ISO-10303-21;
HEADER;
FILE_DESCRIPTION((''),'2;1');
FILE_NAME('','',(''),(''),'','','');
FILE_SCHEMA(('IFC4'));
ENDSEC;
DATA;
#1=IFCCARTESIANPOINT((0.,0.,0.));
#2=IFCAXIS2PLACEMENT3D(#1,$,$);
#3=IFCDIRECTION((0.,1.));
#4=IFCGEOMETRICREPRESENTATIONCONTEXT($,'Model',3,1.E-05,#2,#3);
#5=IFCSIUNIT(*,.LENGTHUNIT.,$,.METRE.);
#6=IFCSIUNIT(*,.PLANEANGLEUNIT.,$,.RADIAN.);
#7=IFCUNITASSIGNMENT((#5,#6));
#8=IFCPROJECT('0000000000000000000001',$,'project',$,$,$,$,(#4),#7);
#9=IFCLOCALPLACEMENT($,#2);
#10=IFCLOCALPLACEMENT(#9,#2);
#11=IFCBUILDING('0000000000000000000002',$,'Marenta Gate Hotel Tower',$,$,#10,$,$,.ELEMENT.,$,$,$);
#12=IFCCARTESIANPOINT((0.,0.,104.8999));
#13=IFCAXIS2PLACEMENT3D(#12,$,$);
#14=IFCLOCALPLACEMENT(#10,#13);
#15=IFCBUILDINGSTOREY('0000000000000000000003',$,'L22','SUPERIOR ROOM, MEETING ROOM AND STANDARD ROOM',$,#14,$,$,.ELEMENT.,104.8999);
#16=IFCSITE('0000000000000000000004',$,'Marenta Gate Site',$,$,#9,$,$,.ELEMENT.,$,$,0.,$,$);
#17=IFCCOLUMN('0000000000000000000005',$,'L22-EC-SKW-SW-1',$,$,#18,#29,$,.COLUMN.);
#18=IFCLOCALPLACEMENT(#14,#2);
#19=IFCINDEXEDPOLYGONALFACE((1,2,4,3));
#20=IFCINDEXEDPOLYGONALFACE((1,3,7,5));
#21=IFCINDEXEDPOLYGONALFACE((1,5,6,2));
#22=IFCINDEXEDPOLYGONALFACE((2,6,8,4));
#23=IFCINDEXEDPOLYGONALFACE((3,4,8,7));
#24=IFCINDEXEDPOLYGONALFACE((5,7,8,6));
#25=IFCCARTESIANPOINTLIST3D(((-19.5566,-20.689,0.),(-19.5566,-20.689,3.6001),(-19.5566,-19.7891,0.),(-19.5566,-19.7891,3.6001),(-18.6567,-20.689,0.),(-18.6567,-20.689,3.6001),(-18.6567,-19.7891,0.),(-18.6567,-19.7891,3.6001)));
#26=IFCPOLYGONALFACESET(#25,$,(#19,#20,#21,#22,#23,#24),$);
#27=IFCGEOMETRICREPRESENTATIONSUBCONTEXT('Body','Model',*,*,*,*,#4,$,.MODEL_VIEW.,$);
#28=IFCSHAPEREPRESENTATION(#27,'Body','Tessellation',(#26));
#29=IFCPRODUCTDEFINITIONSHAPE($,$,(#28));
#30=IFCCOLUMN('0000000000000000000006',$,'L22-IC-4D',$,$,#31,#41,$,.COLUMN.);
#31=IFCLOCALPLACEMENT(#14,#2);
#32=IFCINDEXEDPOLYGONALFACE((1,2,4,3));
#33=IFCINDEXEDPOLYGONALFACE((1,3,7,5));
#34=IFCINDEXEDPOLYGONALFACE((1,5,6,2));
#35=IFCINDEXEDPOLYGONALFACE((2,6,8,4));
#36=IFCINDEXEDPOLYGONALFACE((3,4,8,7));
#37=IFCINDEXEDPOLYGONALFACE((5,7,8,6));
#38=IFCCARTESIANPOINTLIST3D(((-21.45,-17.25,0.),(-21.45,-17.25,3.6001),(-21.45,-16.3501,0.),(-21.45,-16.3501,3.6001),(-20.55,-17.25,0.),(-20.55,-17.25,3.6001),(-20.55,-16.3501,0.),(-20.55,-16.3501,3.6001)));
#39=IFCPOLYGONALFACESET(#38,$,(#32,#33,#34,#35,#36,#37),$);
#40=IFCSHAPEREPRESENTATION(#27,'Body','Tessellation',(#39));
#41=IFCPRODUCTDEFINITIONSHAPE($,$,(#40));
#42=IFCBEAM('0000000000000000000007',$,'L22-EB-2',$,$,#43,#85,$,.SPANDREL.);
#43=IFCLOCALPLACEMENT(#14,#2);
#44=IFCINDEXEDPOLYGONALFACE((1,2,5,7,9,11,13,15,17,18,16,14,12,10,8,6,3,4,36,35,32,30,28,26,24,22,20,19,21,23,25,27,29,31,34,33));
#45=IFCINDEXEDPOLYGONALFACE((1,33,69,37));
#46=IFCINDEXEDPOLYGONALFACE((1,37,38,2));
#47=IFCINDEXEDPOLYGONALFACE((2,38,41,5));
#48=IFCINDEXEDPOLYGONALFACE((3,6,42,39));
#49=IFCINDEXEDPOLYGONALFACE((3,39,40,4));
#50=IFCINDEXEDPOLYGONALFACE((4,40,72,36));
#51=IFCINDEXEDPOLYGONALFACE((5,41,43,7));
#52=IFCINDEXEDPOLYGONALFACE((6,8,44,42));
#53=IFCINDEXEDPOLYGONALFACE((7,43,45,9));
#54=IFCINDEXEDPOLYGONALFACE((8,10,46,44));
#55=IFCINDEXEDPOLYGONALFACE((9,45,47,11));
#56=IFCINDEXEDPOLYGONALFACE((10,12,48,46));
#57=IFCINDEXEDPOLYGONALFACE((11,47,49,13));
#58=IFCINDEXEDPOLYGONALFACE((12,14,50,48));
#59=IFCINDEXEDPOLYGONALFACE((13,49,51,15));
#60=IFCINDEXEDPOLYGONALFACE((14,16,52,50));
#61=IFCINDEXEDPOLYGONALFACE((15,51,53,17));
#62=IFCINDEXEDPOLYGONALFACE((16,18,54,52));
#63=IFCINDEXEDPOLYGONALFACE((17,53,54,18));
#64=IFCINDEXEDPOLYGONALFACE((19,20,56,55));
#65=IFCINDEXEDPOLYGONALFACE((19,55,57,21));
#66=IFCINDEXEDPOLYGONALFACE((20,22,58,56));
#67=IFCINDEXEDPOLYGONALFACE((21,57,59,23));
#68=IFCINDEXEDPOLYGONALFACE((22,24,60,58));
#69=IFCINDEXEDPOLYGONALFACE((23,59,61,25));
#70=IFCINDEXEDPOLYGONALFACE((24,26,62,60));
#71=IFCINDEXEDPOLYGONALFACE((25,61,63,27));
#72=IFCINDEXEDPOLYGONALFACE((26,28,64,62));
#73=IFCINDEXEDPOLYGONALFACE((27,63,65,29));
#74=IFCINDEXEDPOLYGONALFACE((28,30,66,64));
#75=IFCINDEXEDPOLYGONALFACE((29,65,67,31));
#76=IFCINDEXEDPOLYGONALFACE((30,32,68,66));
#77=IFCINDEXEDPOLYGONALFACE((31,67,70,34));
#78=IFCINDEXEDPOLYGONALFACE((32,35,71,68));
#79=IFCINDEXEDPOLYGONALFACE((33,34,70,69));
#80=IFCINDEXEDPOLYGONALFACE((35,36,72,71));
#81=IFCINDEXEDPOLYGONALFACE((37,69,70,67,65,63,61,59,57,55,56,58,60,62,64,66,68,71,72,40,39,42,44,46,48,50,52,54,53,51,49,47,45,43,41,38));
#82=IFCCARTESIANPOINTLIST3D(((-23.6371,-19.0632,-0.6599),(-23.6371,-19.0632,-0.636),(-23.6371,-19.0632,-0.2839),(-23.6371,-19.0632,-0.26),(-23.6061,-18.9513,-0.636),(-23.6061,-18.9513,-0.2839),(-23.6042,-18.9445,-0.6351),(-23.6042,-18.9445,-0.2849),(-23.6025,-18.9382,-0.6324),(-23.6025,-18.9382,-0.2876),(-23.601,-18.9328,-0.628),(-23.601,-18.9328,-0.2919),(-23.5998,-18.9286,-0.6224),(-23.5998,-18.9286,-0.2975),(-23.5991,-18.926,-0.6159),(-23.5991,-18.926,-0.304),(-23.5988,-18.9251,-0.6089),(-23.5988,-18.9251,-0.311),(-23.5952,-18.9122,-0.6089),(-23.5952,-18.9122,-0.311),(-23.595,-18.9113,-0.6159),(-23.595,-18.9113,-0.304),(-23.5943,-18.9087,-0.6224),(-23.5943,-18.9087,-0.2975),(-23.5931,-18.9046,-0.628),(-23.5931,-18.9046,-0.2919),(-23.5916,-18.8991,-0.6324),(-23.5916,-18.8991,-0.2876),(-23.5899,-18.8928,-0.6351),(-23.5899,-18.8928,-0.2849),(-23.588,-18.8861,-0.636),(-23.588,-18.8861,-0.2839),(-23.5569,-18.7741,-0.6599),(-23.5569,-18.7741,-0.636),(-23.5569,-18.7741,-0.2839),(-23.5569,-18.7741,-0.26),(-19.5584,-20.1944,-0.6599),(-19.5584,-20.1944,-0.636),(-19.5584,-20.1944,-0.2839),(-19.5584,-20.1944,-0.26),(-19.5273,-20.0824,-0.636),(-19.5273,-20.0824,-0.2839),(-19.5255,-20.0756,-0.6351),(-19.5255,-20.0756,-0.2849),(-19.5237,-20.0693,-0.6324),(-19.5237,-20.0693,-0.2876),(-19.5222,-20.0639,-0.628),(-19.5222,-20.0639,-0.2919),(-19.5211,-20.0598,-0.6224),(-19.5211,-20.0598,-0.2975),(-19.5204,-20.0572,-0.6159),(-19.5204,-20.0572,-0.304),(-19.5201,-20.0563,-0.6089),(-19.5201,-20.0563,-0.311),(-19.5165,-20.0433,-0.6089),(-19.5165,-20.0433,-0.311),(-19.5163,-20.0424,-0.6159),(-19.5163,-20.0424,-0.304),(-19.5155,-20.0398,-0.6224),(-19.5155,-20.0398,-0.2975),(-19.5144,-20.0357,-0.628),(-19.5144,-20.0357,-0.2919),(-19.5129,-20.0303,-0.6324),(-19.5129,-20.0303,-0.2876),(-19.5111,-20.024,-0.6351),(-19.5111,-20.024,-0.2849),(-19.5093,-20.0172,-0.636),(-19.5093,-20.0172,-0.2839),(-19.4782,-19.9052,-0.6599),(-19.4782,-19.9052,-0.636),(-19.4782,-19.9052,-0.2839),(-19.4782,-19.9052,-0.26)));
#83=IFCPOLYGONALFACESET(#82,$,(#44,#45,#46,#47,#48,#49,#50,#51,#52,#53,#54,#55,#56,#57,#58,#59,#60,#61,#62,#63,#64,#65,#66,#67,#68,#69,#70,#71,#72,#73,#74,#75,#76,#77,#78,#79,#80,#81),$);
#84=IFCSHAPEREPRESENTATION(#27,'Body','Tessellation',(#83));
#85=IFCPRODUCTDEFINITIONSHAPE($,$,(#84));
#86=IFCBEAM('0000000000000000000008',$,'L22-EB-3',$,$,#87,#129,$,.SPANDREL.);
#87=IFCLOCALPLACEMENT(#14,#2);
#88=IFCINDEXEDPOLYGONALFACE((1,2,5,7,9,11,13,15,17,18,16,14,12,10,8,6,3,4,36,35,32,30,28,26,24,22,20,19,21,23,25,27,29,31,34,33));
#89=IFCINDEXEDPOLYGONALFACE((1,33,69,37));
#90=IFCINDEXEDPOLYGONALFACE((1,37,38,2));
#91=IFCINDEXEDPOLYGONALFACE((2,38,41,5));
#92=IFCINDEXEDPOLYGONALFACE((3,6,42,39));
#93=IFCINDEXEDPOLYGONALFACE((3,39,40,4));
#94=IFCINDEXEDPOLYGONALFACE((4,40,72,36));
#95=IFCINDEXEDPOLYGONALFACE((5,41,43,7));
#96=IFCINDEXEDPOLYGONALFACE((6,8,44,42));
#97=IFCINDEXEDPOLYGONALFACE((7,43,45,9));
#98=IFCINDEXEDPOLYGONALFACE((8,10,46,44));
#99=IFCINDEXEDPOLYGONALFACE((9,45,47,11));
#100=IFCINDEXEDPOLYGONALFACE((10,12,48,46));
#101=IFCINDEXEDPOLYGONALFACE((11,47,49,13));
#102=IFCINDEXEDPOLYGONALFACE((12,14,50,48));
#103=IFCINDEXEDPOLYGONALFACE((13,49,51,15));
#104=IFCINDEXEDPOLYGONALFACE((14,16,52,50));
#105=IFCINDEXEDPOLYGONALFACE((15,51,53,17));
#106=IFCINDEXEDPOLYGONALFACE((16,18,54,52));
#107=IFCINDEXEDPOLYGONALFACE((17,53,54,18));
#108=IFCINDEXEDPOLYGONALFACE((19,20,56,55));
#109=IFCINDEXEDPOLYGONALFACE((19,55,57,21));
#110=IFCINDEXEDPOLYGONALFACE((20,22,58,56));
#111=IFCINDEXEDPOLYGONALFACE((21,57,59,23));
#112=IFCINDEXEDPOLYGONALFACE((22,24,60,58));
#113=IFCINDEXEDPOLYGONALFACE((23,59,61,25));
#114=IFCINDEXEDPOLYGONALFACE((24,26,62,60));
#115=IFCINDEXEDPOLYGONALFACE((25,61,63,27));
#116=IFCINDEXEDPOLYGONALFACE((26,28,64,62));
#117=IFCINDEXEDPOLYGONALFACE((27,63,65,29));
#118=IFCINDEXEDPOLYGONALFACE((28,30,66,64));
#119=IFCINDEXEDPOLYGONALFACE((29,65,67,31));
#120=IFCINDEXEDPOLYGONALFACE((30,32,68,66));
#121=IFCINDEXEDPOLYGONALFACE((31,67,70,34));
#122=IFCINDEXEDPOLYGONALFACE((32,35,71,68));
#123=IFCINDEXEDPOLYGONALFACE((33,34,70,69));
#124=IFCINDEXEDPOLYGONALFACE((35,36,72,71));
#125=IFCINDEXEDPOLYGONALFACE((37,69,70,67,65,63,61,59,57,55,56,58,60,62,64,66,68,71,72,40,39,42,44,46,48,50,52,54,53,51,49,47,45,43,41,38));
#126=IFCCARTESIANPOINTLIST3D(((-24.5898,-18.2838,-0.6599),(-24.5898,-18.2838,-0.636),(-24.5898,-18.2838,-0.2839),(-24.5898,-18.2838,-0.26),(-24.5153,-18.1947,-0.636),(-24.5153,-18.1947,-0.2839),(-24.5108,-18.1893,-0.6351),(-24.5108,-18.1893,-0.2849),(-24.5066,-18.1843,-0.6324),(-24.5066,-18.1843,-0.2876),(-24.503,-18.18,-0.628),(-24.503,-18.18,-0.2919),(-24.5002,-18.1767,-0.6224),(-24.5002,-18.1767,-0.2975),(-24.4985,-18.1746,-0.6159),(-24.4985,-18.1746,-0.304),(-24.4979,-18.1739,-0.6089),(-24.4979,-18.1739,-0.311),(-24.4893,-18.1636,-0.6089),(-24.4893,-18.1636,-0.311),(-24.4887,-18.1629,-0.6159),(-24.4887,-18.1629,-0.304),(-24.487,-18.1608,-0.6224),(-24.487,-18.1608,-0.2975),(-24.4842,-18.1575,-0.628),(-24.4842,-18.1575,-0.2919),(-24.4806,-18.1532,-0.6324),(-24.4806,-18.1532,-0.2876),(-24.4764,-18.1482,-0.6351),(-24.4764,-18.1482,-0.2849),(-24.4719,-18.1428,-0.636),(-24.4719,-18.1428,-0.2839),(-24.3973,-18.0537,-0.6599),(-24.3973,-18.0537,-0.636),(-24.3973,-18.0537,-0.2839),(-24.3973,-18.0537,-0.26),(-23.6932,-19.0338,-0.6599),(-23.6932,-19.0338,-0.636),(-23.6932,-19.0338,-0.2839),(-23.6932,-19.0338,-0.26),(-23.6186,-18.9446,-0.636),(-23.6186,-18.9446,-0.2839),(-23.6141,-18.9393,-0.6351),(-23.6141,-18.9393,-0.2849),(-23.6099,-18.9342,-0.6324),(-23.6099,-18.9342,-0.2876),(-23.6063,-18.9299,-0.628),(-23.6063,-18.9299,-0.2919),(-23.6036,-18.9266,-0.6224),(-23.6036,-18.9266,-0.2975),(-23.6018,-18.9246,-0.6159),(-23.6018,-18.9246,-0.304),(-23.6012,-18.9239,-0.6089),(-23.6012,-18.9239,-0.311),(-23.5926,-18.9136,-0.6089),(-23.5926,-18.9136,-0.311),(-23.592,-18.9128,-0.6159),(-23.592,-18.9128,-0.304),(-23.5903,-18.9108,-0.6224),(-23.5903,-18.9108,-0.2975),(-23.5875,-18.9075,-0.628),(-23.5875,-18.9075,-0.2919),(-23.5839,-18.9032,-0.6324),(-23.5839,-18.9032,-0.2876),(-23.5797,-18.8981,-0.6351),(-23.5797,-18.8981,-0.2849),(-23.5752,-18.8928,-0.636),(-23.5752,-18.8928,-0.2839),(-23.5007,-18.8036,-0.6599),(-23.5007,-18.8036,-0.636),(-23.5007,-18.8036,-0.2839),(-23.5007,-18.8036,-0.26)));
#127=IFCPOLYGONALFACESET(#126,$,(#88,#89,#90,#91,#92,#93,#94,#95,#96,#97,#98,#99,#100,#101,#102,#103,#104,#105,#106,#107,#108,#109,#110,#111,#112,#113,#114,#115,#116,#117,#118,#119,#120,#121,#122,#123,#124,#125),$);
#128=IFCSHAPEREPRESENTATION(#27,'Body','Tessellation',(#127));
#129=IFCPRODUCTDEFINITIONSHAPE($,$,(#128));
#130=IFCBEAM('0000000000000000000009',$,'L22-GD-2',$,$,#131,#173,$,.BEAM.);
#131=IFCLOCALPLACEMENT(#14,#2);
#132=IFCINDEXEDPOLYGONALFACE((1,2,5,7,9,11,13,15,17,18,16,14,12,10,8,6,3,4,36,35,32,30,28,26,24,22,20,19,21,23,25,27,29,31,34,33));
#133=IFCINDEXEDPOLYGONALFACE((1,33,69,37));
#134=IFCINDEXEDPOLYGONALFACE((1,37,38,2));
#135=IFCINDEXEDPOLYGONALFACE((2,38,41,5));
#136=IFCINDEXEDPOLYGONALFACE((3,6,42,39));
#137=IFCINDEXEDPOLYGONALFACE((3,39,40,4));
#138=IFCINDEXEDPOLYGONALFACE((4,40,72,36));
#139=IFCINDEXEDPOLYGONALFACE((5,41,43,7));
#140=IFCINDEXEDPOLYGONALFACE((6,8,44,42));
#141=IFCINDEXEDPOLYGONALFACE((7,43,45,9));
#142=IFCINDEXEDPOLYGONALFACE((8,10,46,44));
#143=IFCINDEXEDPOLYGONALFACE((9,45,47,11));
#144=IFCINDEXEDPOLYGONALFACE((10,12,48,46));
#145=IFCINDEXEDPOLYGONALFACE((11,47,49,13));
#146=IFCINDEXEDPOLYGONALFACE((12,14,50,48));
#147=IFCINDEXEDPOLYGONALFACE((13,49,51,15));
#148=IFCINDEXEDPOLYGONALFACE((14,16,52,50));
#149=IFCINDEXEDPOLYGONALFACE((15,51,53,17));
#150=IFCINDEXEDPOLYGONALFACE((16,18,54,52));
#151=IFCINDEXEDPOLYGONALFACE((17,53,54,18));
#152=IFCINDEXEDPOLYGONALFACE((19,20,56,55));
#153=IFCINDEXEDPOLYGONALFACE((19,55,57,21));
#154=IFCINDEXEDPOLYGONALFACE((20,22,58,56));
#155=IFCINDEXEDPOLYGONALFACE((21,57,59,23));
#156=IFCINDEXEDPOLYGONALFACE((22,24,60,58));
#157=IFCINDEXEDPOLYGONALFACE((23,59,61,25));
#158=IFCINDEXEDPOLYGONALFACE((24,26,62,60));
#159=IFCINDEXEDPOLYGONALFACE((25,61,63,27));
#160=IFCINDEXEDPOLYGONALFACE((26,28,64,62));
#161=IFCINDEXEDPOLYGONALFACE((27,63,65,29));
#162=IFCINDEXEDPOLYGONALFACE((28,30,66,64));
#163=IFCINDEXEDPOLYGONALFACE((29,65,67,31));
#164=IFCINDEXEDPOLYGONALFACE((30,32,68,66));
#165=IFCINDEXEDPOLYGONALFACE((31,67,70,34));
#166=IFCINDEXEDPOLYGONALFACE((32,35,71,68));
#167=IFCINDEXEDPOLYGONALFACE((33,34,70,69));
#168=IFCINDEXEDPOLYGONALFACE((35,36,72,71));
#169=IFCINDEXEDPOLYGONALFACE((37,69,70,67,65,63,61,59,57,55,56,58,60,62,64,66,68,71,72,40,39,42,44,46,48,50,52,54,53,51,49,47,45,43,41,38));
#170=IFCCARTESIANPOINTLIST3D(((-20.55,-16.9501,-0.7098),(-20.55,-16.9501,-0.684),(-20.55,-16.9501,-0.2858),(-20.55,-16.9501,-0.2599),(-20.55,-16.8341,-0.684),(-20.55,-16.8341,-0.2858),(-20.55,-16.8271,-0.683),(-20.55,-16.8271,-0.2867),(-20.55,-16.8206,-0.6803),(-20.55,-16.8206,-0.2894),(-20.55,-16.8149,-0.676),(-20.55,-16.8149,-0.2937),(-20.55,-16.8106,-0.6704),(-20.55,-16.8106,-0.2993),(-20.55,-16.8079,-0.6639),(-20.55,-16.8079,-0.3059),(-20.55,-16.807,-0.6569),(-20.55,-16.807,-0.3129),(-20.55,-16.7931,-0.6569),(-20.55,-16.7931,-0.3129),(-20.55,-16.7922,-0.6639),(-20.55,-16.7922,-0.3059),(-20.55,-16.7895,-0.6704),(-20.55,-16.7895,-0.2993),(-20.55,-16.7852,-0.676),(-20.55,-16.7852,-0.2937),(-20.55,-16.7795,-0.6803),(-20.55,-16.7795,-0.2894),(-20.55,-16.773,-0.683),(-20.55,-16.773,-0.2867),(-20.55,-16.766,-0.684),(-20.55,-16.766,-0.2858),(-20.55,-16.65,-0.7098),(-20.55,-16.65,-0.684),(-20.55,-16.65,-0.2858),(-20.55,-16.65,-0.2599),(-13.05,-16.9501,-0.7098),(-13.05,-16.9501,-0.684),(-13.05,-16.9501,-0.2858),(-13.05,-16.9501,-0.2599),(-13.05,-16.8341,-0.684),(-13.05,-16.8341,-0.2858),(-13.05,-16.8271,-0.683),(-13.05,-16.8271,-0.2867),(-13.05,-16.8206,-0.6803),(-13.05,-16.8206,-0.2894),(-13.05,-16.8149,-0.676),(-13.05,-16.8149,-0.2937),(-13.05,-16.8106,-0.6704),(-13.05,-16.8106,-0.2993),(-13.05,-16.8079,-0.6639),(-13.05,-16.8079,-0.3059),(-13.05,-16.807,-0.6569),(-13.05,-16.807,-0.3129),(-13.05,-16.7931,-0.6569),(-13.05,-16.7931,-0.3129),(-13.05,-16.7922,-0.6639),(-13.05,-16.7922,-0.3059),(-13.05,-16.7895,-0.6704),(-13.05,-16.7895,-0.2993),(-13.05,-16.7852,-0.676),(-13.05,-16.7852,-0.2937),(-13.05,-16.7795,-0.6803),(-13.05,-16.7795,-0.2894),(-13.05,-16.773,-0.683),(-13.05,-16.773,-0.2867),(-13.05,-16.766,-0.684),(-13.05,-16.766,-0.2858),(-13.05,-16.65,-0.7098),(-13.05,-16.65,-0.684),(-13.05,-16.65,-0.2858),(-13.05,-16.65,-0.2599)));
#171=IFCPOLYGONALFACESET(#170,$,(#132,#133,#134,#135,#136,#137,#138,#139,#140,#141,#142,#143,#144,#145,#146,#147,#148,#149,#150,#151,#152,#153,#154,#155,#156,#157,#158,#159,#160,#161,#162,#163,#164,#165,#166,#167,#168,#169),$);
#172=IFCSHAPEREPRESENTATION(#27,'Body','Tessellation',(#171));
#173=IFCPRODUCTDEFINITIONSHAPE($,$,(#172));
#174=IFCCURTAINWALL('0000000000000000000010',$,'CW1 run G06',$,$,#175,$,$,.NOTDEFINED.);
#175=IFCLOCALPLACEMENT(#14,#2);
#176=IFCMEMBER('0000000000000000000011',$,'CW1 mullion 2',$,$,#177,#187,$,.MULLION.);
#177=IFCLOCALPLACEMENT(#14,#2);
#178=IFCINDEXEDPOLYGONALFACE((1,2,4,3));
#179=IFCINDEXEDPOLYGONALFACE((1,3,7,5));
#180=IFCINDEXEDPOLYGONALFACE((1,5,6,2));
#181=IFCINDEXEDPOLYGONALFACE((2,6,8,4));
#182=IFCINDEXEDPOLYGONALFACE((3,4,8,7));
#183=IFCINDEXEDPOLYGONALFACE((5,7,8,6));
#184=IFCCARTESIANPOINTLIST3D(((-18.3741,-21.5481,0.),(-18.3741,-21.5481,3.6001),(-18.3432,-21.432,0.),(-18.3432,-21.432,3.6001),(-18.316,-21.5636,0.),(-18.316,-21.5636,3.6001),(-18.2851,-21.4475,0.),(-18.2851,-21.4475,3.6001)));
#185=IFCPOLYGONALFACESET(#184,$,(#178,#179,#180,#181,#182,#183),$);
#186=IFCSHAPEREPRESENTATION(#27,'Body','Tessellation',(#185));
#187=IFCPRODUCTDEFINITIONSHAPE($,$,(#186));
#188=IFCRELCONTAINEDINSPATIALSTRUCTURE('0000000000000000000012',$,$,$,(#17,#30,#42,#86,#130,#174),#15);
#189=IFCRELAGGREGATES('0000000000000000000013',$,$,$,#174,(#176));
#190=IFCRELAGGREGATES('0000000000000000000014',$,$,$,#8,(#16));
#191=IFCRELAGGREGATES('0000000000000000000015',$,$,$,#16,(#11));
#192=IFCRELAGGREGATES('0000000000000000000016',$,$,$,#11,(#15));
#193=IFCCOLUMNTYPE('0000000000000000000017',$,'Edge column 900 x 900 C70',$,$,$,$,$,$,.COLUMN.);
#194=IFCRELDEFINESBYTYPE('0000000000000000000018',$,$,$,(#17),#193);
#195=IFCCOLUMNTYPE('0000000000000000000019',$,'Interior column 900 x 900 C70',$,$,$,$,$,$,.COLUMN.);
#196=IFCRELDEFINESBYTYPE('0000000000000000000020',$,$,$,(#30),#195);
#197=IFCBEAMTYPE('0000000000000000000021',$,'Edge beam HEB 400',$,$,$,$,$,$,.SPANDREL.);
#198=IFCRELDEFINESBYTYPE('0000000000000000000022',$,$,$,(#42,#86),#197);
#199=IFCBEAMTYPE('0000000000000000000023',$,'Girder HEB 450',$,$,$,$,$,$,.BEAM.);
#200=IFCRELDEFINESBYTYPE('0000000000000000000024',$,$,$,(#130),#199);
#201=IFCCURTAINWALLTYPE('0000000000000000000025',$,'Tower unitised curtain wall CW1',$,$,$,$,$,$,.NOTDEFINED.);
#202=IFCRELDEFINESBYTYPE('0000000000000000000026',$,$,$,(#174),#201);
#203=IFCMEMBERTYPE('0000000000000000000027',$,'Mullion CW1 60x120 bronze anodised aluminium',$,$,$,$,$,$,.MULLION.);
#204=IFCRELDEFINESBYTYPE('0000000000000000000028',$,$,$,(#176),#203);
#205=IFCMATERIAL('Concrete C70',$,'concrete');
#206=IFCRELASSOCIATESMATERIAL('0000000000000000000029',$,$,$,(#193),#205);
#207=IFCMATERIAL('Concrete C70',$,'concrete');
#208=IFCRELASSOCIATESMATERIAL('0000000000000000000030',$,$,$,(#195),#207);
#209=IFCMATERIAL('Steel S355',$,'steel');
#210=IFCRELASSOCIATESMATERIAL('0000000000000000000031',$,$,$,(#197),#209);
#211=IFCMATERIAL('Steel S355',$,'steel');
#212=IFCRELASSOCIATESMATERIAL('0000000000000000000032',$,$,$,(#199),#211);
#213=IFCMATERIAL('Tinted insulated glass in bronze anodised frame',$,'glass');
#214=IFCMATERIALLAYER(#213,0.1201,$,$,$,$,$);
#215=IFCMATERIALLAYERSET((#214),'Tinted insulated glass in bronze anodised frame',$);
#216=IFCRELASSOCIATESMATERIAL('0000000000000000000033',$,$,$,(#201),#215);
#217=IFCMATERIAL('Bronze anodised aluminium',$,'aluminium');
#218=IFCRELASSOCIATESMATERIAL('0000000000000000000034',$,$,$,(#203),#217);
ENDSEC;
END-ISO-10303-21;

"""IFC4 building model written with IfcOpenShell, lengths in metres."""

from ifc_helpers import new_model, si_unit, direction, frame, origin, origin_2d, place, context, subcontext, project, spatial, rectangle, i_section, extrude, material, layer, layer_set, material_profile, profile_set, type_object, element, aggregate, save


model = new_model("IFC4")

# Units and contexts
model_context = context("Model", 3, precision=1e-05, world=origin(), true_north=direction((0.0, 1.0)))
body_context = subcontext(model_context, "Body", "Model", "MODEL_VIEW")
ifc_project = project(units=[si_unit("LENGTHUNIT", "METRE"), si_unit("PLANEANGLEUNIT", "RADIAN")], contexts=[model_context])

# Site, building, storey
site_placement = place(None, origin())
site = spatial("IfcSite", under=ifc_project, at=site_placement, Name="Marenta Gate Site", CompositionType="ELEMENT", RefElevation=0.0)
building_placement = place(site_placement, origin())
building = spatial("IfcBuilding", under=site, at=building_placement, Name="Marenta Gate Hotel Tower", CompositionType="ELEMENT")
storey_placement = place(building_placement, frame((0.0, 0.0, 104.8999)))
storey = spatial("IfcBuildingStorey", under=building, at=storey_placement, Name="L22", Description="SUPERIOR ROOM, MEETING ROOM AND STANDARD ROOM", CompositionType="ELEMENT", Elevation=104.8999)

# Columns
ifc_material_1 = material(Name="Concrete C70", Category="concrete")
ifc_material_profile_1 = material_profile(ifc_material_1, rectangle(XDim=0.8999, YDim=0.8999, at=origin_2d()), Name="900 x 900")
ifc_profile_set_1 = profile_set([ifc_material_profile_1], Name="Concrete C70")
column_type_1 = type_object("IfcColumnType", Name="Edge column 900 x 900 C70", PredefinedType="COLUMN", material=ifc_profile_set_1)
column_1_placement = place(storey_placement, frame((-19.1067, -20.239, 0.0), z_axis=(0.0, 0.0, 1.0), x_axis=(1.0, 0.0, 0.0)))
element("IfcColumn", 1, at=column_1_placement, inside=storey, type_object=column_type_1, Name="L22-EC-SKW-SW-1", PredefinedType="COLUMN", context=body_context, shape_type="SweptSolid", body=[
    extrude(rectangle(XDim=0.8999, YDim=0.8999, at=origin_2d()), origin(), (0.0, 0.0, 1.0), 3.6001),
])
ifc_material_2 = material(Name="Concrete C70", Category="concrete")
ifc_material_profile_2 = material_profile(ifc_material_2, rectangle(XDim=0.8999, YDim=0.8999, at=origin_2d()), Name="900 x 900")
ifc_profile_set_2 = profile_set([ifc_material_profile_2], Name="Concrete C70")
column_type_2 = type_object("IfcColumnType", Name="Interior column 900 x 900 C70", PredefinedType="COLUMN", material=ifc_profile_set_2)
column_2_placement = place(storey_placement, frame((-21.0, -16.8, 0.0), z_axis=(0.0, 0.0, 1.0), x_axis=(1.0, 0.0, 0.0)))
element("IfcColumn", 2, at=column_2_placement, inside=storey, type_object=column_type_2, Name="L22-IC-4D", PredefinedType="COLUMN", context=body_context, shape_type="SweptSolid", body=[
    extrude(rectangle(XDim=0.8999, YDim=0.8999, at=origin_2d()), origin(), (0.0, 0.0, 1.0), 3.6001),
])

# Beams
ifc_material_3 = material(Name="Steel S355", Category="steel")
ifc_material_profile_3 = material_profile(ifc_material_3, i_section(OverallWidth=0.3, OverallDepth=0.3999, WebThickness=0.0134, FlangeThickness=0.0239, FilletRadius=0.0271, at=origin_2d()), Name="HEB 400")
ifc_profile_set_3 = profile_set([ifc_material_profile_3], Name="Steel S355")
beam_type_1 = type_object("IfcBeamType", Name="Edge beam HEB 400", PredefinedType="SPANDREL", material=ifc_profile_set_3)
beam_1_placement = place(storey_placement, frame((-19.5183, -20.0498, -0.46), z_axis=(-0.96363, 0.267239, 0.0), x_axis=(-0.267239, -0.96363, 0.0)))
element("IfcBeam", 3, at=beam_1_placement, inside=storey, type_object=beam_type_1, Name="L22-EB-2", PredefinedType="SPANDREL", context=body_context, shape_type="SweptSolid", body=[
    extrude(i_section(OverallWidth=0.3, OverallDepth=0.3999, WebThickness=0.0134, FlangeThickness=0.0239, FilletRadius=0.0271, at=origin_2d()), origin(), (0.0, 0.0, 1.0), 4.2327),
])
beam_2_placement = place(storey_placement, frame((-23.5969, -18.9187, -0.46), z_axis=(-0.767073, 0.64156, 0.0), x_axis=(-0.64156, -0.767073, 0.0)))
element("IfcBeam", 4, at=beam_2_placement, inside=storey, type_object=beam_type_1, Name="L22-EB-3", PredefinedType="SPANDREL", context=body_context, shape_type="SweptSolid", body=[
    extrude(i_section(OverallWidth=0.3, OverallDepth=0.3999, WebThickness=0.0134, FlangeThickness=0.0239, FilletRadius=0.0271, at=origin_2d()), origin(), (0.0, 0.0, 1.0), 1.1689),
])
ifc_material_4 = material(Name="Steel S355", Category="steel")
ifc_material_profile_4 = material_profile(ifc_material_4, i_section(OverallWidth=0.3, OverallDepth=0.45, WebThickness=0.0139, FlangeThickness=0.0259, FilletRadius=0.0271, at=origin_2d()), Name="HEB 450")
ifc_profile_set_4 = profile_set([ifc_material_profile_4], Name="Steel S355")
beam_type_2 = type_object("IfcBeamType", Name="Girder HEB 450", PredefinedType="BEAM", material=ifc_profile_set_4)
beam_3_placement = place(storey_placement, frame((-20.55, -16.8, -0.4849), z_axis=(1.0, 0.0, 0.0), x_axis=(0.0, 1.0, 0.0)))
element("IfcBeam", 5, at=beam_3_placement, inside=storey, type_object=beam_type_2, Name="L22-GD-2", PredefinedType="BEAM", context=body_context, shape_type="SweptSolid", body=[
    extrude(i_section(OverallWidth=0.3, OverallDepth=0.45, WebThickness=0.0139, FlangeThickness=0.0259, FilletRadius=0.0271, at=origin_2d()), origin(), (0.0, 0.0, 1.0), 7.5),
])

# Curtain wall, member
ifc_material_5 = material(Name="Tinted insulated glass in bronze anodised frame", Category="glass")
ifc_layer_1 = layer(ifc_material_5, 0.1201)
ifc_layer_set_1 = layer_set([ifc_layer_1], Name="Tinted insulated glass in bronze anodised frame")
curtain_wall_type = type_object("IfcCurtainWallType", Name="Tower unitised curtain wall CW1", PredefinedType="NOTDEFINED", material=ifc_layer_set_1)
curtain_wall_placement = place(storey_placement, origin())
curtain_wall = element("IfcCurtainWall", 6, at=curtain_wall_placement, inside=storey, type_object=curtain_wall_type, Name="CW1 run G06", PredefinedType="NOTDEFINED")
ifc_material_6 = material(Name="Bronze anodised aluminium", Category="aluminium")
ifc_material_profile_5 = material_profile(ifc_material_6, rectangle(XDim=0.1201, YDim=0.0601, at=origin_2d()), Name="Mullion CW1 60x120 bronze anodised aluminium")
ifc_profile_set_5 = profile_set([ifc_material_profile_5], Name="Bronze anodised aluminium")
member_type_1 = type_object("IfcMemberType", Name="Mullion CW1 60x120 bronze anodised aluminium", PredefinedType="MULLION", material=ifc_profile_set_5)
member_1_placement = place(storey_placement, frame((-18.3296, -21.4978, 0.0), z_axis=(0.0, 0.0, 1.0), x_axis=(0.257144, 0.966373, 0.0)))
member_1 = element("IfcMember", 7, at=member_1_placement, type_object=member_type_1, Name="CW1 mullion 2", PredefinedType="MULLION", context=body_context, shape_type="SweptSolid", body=[
    extrude(rectangle(XDim=0.1201, YDim=0.0601, at=origin_2d()), origin(), (0.0, 0.0, 1.0), 3.6001),
])
aggregate(curtain_wall, [member_1])

save(model, "model.ifc")
